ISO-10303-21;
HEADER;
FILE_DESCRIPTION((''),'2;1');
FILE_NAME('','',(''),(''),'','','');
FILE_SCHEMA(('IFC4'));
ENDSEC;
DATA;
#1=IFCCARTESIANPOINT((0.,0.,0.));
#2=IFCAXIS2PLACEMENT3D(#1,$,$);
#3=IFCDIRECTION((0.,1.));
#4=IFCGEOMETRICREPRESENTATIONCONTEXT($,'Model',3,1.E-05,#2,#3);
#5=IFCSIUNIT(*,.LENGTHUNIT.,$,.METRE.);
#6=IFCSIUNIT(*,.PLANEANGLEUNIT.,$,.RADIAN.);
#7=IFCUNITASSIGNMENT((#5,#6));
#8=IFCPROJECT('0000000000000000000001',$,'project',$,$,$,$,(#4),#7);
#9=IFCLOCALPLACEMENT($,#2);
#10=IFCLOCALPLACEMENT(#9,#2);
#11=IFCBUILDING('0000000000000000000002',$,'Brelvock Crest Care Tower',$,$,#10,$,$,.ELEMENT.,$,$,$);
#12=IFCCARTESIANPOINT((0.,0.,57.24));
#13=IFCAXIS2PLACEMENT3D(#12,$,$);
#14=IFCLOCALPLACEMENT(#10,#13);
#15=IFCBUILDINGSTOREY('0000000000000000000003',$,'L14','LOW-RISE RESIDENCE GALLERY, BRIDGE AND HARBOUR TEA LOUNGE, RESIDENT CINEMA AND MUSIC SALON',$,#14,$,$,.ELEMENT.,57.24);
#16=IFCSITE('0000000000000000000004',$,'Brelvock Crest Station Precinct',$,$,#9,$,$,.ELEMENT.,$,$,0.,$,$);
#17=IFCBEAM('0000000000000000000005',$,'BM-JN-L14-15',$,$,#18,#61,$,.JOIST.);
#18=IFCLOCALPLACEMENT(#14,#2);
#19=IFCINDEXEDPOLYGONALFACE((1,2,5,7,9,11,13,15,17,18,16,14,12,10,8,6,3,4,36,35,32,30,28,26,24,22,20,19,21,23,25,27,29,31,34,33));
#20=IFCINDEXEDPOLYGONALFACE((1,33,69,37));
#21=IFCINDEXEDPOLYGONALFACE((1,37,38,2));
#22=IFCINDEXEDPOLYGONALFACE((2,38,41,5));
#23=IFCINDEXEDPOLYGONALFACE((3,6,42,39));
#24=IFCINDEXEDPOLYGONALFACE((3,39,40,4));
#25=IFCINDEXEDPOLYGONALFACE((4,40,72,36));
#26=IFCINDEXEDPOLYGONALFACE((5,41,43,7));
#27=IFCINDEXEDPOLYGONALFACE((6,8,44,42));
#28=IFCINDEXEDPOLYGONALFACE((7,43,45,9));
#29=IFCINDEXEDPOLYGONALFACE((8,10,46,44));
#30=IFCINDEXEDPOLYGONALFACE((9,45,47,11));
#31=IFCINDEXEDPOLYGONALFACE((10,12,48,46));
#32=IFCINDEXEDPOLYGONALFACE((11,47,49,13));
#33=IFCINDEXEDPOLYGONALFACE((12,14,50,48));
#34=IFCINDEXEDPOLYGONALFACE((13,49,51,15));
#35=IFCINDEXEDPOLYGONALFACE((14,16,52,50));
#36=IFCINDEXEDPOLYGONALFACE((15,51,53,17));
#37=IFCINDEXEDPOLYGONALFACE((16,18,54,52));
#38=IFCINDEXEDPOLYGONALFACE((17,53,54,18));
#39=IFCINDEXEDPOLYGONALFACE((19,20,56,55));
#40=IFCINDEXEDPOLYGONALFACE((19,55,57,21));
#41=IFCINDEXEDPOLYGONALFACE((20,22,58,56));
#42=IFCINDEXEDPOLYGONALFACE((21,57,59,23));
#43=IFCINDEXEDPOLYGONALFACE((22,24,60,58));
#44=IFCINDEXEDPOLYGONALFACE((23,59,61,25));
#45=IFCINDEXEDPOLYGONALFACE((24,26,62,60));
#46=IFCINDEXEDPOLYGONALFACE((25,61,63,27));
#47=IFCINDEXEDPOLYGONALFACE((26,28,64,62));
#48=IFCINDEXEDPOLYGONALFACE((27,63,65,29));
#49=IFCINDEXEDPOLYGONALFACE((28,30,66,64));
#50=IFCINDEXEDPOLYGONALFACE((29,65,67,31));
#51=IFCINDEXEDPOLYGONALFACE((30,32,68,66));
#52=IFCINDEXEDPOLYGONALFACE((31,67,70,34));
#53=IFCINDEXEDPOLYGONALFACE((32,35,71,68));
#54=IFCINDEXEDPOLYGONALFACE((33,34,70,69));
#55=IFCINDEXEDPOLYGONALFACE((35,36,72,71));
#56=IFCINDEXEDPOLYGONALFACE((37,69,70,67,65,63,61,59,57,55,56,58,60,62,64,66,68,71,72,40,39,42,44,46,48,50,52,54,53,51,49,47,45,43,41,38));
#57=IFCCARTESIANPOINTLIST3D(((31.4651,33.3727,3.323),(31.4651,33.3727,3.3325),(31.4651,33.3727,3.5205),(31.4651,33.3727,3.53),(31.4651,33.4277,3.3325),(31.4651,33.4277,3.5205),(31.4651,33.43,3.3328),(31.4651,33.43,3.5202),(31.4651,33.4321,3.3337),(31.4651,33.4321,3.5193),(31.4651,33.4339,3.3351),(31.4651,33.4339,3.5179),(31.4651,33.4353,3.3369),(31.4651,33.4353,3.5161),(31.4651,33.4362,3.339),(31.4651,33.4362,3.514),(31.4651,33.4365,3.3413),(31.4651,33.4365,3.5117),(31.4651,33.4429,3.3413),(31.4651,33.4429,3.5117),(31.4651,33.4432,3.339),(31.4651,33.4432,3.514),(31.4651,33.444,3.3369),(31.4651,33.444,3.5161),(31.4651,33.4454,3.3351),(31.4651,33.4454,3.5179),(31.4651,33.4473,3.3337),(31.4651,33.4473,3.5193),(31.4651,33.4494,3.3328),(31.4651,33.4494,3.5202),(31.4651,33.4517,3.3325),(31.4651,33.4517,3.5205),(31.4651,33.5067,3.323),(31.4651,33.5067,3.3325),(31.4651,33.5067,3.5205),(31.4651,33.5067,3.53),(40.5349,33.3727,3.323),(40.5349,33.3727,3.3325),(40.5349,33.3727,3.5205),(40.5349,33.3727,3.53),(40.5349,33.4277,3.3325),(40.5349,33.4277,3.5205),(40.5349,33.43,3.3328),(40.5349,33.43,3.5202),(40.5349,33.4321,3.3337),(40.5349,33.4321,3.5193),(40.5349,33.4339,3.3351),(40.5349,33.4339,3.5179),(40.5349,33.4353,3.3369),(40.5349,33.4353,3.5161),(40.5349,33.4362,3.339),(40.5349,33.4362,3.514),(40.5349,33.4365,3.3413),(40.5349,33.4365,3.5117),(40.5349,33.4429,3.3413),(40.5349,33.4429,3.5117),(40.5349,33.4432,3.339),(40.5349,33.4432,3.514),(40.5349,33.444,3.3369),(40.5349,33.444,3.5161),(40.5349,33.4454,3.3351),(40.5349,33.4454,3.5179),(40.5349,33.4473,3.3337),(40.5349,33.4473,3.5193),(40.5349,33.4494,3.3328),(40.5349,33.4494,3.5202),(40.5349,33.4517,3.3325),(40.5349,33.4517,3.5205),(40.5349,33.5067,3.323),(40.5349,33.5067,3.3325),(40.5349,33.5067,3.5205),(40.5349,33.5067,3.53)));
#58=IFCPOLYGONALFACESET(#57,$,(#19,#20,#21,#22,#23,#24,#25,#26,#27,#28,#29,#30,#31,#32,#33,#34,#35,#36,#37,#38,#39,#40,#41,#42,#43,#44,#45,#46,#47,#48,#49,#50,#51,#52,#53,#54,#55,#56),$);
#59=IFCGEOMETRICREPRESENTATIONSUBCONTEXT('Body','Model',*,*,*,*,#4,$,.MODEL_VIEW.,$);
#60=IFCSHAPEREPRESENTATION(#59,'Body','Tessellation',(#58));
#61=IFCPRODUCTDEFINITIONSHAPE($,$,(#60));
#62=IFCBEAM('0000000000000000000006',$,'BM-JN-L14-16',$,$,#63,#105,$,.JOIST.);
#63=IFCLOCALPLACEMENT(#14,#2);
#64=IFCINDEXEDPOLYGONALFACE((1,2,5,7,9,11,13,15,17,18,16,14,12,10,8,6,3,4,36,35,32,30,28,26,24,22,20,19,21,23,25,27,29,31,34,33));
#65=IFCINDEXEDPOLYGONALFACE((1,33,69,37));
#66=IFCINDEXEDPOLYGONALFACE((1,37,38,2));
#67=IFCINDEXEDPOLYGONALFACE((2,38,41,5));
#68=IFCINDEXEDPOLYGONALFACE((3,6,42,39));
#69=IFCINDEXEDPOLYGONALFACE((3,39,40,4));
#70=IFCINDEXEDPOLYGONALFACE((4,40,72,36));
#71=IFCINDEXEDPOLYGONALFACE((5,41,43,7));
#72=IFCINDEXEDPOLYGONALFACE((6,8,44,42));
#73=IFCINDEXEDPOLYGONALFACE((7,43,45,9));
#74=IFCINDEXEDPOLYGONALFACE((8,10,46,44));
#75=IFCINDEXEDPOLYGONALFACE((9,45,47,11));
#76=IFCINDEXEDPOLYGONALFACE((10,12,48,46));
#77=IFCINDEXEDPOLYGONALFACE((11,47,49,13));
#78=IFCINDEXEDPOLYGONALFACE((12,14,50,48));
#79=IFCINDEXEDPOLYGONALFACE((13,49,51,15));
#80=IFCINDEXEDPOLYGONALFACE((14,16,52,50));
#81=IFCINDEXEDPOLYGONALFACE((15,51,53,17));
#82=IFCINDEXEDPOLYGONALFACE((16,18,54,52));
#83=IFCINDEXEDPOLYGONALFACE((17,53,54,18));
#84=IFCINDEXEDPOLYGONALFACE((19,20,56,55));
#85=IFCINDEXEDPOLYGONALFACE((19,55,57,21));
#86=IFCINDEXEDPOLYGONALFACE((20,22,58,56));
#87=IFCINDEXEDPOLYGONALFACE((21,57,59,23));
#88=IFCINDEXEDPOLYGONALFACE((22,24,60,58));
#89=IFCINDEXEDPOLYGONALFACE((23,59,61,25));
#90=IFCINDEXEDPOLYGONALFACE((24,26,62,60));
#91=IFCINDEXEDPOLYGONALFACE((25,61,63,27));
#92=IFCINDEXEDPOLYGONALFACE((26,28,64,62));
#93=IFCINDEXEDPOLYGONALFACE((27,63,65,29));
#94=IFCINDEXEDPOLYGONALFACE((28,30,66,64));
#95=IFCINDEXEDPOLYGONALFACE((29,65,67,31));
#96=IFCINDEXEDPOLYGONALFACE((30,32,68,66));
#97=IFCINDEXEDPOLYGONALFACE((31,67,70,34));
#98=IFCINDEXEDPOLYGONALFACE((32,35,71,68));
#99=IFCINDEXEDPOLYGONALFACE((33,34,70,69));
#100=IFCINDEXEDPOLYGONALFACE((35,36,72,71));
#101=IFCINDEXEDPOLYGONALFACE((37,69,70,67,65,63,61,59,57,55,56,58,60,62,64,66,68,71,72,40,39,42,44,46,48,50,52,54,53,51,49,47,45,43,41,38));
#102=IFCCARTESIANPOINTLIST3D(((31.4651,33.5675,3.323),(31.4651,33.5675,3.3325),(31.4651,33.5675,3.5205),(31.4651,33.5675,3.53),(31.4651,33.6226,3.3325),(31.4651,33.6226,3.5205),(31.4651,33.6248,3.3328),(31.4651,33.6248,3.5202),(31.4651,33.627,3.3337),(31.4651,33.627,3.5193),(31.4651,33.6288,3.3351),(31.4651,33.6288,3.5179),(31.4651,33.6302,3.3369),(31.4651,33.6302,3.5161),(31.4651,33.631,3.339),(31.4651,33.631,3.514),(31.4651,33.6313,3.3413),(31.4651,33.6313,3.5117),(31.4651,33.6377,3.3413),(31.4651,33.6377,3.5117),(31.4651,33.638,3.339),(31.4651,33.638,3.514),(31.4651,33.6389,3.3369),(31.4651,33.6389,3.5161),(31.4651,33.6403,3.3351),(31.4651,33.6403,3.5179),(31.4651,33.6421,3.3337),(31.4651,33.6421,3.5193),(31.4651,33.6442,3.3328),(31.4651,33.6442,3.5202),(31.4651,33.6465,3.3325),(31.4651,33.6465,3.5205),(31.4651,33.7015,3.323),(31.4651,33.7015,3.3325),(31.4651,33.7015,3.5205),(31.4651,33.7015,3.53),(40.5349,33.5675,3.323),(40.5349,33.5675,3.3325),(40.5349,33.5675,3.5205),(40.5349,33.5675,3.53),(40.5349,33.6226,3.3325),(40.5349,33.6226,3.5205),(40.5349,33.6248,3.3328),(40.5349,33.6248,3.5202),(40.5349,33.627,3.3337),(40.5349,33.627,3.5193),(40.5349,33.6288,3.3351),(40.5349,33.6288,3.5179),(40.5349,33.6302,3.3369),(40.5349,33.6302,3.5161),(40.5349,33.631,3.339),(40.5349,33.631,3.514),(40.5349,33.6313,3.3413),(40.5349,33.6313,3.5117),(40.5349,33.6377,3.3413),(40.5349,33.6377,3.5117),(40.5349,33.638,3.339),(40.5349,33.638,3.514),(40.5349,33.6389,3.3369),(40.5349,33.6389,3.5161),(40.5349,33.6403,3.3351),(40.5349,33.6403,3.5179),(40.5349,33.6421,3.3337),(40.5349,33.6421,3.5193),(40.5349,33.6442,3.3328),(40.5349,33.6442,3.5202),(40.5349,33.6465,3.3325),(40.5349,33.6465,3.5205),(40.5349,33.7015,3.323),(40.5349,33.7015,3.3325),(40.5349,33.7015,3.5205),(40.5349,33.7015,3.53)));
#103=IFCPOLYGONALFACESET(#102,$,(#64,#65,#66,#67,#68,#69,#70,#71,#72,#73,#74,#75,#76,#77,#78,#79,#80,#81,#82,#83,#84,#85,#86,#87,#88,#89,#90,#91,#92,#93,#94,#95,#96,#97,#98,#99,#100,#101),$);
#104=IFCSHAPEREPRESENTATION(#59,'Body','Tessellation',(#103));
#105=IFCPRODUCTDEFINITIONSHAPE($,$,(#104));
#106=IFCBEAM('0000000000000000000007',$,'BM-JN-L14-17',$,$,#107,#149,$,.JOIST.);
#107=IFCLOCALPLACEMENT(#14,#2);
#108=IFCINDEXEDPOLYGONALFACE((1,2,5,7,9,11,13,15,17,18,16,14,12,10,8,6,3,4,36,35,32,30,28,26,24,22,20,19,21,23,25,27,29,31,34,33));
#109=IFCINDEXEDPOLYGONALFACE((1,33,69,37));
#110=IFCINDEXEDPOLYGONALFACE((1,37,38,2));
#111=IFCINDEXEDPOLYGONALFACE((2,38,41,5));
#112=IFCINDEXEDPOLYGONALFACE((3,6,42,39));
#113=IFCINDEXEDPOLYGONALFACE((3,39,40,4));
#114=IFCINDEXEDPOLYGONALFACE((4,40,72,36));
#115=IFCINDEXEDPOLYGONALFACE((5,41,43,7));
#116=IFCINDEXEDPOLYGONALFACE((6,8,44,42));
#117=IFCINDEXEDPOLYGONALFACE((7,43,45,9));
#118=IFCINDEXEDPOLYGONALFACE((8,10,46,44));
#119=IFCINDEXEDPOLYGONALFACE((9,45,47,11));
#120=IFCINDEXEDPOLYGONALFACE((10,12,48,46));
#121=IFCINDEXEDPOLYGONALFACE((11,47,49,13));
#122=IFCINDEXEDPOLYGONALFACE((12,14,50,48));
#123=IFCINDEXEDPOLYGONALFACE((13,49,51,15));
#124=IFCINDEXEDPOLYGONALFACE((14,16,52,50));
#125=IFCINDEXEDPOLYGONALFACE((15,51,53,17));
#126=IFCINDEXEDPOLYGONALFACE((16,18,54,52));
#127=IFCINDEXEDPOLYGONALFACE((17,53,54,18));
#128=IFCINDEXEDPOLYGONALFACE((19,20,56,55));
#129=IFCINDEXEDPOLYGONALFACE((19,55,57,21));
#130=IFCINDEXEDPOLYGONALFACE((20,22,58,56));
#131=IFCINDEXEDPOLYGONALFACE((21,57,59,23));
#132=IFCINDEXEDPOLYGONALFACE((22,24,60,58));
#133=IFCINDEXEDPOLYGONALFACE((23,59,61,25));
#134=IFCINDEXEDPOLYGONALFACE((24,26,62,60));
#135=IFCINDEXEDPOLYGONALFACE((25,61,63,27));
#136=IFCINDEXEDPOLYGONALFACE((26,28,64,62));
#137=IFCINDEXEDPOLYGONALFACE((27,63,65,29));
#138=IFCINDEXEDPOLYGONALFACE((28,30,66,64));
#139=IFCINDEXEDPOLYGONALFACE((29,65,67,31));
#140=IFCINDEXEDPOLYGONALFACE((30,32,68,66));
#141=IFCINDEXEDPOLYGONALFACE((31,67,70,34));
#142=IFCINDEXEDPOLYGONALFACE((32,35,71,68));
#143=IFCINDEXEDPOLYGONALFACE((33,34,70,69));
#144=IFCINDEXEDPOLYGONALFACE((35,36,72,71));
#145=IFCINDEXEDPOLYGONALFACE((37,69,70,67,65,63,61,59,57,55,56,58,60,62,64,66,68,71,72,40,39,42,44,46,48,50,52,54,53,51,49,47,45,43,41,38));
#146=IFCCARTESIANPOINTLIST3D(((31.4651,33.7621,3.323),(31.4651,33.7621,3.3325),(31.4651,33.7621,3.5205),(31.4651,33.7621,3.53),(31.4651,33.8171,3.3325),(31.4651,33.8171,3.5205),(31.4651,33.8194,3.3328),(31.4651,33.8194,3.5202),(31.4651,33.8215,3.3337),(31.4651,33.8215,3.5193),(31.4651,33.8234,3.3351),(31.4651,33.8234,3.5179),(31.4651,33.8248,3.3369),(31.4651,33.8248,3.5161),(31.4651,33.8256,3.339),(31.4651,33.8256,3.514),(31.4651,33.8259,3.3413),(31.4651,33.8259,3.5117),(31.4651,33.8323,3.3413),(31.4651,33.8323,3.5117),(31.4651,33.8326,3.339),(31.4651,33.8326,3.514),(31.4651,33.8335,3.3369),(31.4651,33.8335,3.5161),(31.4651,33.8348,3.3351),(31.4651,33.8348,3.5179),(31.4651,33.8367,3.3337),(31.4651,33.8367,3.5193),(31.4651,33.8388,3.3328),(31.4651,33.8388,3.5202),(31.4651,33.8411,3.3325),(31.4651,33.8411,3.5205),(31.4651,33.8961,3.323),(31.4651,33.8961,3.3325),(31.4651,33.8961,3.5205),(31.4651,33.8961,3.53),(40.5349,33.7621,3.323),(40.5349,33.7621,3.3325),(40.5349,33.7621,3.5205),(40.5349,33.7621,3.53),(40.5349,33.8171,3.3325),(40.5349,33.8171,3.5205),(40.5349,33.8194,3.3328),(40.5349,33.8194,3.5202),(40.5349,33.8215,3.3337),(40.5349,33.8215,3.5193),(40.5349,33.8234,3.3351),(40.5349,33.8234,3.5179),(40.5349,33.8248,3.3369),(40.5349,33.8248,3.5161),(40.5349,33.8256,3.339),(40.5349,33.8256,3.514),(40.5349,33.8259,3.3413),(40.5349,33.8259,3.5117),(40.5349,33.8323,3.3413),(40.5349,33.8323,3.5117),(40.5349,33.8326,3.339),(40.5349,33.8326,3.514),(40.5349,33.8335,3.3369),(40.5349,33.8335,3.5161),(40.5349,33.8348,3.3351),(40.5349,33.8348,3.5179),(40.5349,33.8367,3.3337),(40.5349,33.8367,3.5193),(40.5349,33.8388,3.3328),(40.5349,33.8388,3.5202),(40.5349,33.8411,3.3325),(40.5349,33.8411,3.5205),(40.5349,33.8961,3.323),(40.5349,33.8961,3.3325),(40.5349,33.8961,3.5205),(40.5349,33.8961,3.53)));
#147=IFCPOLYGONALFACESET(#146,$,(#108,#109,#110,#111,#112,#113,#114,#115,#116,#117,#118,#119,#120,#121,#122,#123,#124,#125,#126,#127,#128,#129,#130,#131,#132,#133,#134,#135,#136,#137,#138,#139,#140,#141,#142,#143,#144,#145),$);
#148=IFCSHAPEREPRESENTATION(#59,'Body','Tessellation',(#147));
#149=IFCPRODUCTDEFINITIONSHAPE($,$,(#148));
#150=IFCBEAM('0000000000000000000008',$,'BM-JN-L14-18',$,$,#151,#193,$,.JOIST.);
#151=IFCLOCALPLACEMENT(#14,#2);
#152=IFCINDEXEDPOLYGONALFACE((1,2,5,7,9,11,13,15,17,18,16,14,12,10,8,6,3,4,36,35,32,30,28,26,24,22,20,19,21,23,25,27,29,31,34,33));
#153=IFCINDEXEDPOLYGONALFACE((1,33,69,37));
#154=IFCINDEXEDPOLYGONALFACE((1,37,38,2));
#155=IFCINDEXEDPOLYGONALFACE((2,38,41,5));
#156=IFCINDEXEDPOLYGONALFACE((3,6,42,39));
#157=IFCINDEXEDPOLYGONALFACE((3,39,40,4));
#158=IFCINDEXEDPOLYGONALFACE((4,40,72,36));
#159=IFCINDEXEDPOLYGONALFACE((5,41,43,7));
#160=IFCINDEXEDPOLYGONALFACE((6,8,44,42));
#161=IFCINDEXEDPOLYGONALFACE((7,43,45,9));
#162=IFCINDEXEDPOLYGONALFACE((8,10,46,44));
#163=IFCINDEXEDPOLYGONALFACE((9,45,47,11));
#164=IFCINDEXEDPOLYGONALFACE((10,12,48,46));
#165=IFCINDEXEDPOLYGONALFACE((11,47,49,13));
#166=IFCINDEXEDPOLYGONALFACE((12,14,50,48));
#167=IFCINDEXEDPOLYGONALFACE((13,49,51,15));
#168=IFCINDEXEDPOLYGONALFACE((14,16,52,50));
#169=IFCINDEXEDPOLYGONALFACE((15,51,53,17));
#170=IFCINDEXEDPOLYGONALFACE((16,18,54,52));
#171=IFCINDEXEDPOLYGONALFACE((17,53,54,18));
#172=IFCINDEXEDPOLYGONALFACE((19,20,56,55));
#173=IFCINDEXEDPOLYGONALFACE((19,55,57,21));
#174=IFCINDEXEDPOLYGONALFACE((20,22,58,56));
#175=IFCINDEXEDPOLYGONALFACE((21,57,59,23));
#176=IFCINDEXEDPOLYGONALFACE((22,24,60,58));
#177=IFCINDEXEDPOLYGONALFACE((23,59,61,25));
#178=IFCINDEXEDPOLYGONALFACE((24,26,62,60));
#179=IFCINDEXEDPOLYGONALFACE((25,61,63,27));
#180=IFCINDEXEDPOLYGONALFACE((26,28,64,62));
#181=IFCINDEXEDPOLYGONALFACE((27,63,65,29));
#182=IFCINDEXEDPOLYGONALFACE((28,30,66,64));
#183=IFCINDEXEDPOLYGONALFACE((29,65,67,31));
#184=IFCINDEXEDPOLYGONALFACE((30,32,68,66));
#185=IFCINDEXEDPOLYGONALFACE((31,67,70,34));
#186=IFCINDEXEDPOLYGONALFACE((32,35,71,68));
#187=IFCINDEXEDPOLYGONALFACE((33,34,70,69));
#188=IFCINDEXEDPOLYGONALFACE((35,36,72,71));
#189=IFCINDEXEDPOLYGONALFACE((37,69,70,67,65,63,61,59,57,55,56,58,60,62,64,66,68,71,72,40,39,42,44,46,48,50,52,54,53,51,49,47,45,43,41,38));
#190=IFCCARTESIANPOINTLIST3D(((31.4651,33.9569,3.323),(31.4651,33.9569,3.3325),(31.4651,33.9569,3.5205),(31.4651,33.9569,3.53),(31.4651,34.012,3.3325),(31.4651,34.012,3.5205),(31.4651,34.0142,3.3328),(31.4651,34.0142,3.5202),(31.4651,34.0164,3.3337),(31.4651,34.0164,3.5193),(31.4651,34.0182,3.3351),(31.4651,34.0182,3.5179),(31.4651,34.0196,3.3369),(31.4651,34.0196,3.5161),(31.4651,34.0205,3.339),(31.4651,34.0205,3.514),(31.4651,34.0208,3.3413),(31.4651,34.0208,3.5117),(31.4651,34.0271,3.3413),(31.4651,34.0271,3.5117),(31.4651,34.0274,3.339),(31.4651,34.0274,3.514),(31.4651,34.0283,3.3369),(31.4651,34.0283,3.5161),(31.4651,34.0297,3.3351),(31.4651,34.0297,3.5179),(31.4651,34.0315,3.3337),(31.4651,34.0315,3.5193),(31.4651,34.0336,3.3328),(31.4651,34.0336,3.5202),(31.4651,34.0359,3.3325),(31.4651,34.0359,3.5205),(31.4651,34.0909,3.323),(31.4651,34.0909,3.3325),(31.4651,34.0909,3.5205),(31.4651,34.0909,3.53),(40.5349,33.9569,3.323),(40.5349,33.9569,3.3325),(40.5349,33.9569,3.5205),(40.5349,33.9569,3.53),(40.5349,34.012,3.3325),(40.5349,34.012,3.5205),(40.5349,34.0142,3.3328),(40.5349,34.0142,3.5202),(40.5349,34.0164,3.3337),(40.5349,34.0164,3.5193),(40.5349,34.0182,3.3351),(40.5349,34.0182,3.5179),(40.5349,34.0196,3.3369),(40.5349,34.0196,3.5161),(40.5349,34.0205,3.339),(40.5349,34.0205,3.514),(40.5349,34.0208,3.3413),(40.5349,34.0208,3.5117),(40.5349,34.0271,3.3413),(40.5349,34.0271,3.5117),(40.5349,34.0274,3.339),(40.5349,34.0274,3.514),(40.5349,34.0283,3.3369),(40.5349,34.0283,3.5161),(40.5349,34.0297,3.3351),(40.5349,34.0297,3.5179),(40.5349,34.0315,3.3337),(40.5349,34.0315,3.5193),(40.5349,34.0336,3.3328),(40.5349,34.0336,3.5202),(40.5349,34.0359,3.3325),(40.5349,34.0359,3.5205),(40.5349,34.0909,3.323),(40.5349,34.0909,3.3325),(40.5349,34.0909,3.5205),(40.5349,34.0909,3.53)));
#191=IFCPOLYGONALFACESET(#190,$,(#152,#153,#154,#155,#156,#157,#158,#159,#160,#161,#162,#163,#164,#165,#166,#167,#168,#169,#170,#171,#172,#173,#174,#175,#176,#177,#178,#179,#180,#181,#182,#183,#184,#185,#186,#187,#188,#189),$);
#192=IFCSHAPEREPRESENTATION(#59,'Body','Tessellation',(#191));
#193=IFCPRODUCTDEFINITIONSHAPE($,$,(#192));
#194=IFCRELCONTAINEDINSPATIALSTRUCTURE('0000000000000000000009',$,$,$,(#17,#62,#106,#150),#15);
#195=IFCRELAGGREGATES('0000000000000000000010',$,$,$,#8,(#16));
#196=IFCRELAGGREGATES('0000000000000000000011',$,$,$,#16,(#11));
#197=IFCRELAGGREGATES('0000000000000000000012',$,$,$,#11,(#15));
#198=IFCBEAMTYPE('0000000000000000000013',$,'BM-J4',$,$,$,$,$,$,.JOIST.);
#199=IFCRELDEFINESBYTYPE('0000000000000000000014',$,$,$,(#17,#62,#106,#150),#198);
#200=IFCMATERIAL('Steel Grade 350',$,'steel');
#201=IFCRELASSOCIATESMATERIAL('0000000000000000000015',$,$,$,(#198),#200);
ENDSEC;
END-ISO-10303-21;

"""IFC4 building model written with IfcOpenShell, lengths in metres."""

from ifc_helpers import new_model, si_unit, direction, frame, origin, origin_2d, place, context, subcontext, project, spatial, i_section, extrude, source, transform, mapped, material, material_profile, profile_set, type_object, element, save


model = new_model("IFC4")

# Units and contexts
model_context = context("Model", 3, precision=1e-05, world=origin(), true_north=direction((0.0, 1.0)))
body_context = subcontext(model_context, "Body", "Model", "MODEL_VIEW")
ifc_project = project(units=[si_unit("LENGTHUNIT", "METRE"), si_unit("PLANEANGLEUNIT", "RADIAN")], contexts=[model_context])

# Site, building, storey
site_placement = place(None, origin())
site = spatial("IfcSite", under=ifc_project, at=site_placement, Name="Brelvock Crest Station Precinct", CompositionType="ELEMENT", RefElevation=0.0)
building_placement = place(site_placement, origin())
building = spatial("IfcBuilding", under=site, at=building_placement, Name="Brelvock Crest Care Tower", CompositionType="ELEMENT")
storey_placement = place(building_placement, frame((0.0, 0.0, 57.24)))
storey = spatial("IfcBuildingStorey", under=building, at=storey_placement, Name="L14", Description="LOW-RISE RESIDENCE GALLERY, BRIDGE AND HARBOUR TEA LOUNGE, RESIDENT CINEMA AND MUSIC SALON", CompositionType="ELEMENT", Elevation=57.24)

# Shared definitions
ifc_material_1 = material(Name="Steel Grade 350", Category="steel")

# Beams
ifc_material_profile_1 = material_profile(ifc_material_1, i_section(OverallWidth=0.134, OverallDepth=0.207, WebThickness=0.0063, FlangeThickness=0.0095, FilletRadius=0.0088, at=origin_2d()), Name="200UB29.8")
ifc_profile_set_1 = profile_set([ifc_material_profile_1], Name="Steel Grade 350")
beam_type_1 = type_object("IfcBeamType", Name="BM-J4", PredefinedType="JOIST", material=ifc_profile_set_1)
shared_shape_1 = source(origin(), body_context, "Body", "SweptSolid", [
    extrude(i_section(OverallWidth=0.134, OverallDepth=0.207, WebThickness=0.0063, FlangeThickness=0.0095, FilletRadius=0.0088, at=origin_2d()), origin(), (0.0, 0.0, 1.0), 9.0698),
])
for number, where, z_axis, x_axis, name in (
    (1, (31.4651, 33.4397, 3.4265), (1.0, 0.0, 0.0), (0.0, 1.0, 0.0), "BM-JN-L14-15"),
    (2, (31.4651, 33.6345, 3.4265), (1.0, 0.0, 0.0), (0.0, 1.0, 0.0), "BM-JN-L14-16"),
    (3, (31.4651, 33.8291, 3.4265), (1.0, 0.0, 0.0), (0.0, 1.0, 0.0), "BM-JN-L14-17"),
    (4, (31.4651, 34.0239, 3.4265), (1.0, 0.0, 0.0), (0.0, 1.0, 0.0), "BM-JN-L14-18"),
):
    element("IfcBeam", number, at=place(storey_placement, frame(where, z_axis=z_axis, x_axis=x_axis)), inside=storey, type_object=beam_type_1, Name=name, PredefinedType="JOIST", context=body_context, shape_type="MappedRepresentation", body=[
        mapped(shared_shape_1, transform((0.0, 0.0, 0.0), x_axis=(1.0, 0.0, 0.0), y_axis=(0.0, 1.0, 0.0), z_axis=(0.0, 0.0, 1.0), scale=1.0)),
    ])

save(model, "model.ifc")
